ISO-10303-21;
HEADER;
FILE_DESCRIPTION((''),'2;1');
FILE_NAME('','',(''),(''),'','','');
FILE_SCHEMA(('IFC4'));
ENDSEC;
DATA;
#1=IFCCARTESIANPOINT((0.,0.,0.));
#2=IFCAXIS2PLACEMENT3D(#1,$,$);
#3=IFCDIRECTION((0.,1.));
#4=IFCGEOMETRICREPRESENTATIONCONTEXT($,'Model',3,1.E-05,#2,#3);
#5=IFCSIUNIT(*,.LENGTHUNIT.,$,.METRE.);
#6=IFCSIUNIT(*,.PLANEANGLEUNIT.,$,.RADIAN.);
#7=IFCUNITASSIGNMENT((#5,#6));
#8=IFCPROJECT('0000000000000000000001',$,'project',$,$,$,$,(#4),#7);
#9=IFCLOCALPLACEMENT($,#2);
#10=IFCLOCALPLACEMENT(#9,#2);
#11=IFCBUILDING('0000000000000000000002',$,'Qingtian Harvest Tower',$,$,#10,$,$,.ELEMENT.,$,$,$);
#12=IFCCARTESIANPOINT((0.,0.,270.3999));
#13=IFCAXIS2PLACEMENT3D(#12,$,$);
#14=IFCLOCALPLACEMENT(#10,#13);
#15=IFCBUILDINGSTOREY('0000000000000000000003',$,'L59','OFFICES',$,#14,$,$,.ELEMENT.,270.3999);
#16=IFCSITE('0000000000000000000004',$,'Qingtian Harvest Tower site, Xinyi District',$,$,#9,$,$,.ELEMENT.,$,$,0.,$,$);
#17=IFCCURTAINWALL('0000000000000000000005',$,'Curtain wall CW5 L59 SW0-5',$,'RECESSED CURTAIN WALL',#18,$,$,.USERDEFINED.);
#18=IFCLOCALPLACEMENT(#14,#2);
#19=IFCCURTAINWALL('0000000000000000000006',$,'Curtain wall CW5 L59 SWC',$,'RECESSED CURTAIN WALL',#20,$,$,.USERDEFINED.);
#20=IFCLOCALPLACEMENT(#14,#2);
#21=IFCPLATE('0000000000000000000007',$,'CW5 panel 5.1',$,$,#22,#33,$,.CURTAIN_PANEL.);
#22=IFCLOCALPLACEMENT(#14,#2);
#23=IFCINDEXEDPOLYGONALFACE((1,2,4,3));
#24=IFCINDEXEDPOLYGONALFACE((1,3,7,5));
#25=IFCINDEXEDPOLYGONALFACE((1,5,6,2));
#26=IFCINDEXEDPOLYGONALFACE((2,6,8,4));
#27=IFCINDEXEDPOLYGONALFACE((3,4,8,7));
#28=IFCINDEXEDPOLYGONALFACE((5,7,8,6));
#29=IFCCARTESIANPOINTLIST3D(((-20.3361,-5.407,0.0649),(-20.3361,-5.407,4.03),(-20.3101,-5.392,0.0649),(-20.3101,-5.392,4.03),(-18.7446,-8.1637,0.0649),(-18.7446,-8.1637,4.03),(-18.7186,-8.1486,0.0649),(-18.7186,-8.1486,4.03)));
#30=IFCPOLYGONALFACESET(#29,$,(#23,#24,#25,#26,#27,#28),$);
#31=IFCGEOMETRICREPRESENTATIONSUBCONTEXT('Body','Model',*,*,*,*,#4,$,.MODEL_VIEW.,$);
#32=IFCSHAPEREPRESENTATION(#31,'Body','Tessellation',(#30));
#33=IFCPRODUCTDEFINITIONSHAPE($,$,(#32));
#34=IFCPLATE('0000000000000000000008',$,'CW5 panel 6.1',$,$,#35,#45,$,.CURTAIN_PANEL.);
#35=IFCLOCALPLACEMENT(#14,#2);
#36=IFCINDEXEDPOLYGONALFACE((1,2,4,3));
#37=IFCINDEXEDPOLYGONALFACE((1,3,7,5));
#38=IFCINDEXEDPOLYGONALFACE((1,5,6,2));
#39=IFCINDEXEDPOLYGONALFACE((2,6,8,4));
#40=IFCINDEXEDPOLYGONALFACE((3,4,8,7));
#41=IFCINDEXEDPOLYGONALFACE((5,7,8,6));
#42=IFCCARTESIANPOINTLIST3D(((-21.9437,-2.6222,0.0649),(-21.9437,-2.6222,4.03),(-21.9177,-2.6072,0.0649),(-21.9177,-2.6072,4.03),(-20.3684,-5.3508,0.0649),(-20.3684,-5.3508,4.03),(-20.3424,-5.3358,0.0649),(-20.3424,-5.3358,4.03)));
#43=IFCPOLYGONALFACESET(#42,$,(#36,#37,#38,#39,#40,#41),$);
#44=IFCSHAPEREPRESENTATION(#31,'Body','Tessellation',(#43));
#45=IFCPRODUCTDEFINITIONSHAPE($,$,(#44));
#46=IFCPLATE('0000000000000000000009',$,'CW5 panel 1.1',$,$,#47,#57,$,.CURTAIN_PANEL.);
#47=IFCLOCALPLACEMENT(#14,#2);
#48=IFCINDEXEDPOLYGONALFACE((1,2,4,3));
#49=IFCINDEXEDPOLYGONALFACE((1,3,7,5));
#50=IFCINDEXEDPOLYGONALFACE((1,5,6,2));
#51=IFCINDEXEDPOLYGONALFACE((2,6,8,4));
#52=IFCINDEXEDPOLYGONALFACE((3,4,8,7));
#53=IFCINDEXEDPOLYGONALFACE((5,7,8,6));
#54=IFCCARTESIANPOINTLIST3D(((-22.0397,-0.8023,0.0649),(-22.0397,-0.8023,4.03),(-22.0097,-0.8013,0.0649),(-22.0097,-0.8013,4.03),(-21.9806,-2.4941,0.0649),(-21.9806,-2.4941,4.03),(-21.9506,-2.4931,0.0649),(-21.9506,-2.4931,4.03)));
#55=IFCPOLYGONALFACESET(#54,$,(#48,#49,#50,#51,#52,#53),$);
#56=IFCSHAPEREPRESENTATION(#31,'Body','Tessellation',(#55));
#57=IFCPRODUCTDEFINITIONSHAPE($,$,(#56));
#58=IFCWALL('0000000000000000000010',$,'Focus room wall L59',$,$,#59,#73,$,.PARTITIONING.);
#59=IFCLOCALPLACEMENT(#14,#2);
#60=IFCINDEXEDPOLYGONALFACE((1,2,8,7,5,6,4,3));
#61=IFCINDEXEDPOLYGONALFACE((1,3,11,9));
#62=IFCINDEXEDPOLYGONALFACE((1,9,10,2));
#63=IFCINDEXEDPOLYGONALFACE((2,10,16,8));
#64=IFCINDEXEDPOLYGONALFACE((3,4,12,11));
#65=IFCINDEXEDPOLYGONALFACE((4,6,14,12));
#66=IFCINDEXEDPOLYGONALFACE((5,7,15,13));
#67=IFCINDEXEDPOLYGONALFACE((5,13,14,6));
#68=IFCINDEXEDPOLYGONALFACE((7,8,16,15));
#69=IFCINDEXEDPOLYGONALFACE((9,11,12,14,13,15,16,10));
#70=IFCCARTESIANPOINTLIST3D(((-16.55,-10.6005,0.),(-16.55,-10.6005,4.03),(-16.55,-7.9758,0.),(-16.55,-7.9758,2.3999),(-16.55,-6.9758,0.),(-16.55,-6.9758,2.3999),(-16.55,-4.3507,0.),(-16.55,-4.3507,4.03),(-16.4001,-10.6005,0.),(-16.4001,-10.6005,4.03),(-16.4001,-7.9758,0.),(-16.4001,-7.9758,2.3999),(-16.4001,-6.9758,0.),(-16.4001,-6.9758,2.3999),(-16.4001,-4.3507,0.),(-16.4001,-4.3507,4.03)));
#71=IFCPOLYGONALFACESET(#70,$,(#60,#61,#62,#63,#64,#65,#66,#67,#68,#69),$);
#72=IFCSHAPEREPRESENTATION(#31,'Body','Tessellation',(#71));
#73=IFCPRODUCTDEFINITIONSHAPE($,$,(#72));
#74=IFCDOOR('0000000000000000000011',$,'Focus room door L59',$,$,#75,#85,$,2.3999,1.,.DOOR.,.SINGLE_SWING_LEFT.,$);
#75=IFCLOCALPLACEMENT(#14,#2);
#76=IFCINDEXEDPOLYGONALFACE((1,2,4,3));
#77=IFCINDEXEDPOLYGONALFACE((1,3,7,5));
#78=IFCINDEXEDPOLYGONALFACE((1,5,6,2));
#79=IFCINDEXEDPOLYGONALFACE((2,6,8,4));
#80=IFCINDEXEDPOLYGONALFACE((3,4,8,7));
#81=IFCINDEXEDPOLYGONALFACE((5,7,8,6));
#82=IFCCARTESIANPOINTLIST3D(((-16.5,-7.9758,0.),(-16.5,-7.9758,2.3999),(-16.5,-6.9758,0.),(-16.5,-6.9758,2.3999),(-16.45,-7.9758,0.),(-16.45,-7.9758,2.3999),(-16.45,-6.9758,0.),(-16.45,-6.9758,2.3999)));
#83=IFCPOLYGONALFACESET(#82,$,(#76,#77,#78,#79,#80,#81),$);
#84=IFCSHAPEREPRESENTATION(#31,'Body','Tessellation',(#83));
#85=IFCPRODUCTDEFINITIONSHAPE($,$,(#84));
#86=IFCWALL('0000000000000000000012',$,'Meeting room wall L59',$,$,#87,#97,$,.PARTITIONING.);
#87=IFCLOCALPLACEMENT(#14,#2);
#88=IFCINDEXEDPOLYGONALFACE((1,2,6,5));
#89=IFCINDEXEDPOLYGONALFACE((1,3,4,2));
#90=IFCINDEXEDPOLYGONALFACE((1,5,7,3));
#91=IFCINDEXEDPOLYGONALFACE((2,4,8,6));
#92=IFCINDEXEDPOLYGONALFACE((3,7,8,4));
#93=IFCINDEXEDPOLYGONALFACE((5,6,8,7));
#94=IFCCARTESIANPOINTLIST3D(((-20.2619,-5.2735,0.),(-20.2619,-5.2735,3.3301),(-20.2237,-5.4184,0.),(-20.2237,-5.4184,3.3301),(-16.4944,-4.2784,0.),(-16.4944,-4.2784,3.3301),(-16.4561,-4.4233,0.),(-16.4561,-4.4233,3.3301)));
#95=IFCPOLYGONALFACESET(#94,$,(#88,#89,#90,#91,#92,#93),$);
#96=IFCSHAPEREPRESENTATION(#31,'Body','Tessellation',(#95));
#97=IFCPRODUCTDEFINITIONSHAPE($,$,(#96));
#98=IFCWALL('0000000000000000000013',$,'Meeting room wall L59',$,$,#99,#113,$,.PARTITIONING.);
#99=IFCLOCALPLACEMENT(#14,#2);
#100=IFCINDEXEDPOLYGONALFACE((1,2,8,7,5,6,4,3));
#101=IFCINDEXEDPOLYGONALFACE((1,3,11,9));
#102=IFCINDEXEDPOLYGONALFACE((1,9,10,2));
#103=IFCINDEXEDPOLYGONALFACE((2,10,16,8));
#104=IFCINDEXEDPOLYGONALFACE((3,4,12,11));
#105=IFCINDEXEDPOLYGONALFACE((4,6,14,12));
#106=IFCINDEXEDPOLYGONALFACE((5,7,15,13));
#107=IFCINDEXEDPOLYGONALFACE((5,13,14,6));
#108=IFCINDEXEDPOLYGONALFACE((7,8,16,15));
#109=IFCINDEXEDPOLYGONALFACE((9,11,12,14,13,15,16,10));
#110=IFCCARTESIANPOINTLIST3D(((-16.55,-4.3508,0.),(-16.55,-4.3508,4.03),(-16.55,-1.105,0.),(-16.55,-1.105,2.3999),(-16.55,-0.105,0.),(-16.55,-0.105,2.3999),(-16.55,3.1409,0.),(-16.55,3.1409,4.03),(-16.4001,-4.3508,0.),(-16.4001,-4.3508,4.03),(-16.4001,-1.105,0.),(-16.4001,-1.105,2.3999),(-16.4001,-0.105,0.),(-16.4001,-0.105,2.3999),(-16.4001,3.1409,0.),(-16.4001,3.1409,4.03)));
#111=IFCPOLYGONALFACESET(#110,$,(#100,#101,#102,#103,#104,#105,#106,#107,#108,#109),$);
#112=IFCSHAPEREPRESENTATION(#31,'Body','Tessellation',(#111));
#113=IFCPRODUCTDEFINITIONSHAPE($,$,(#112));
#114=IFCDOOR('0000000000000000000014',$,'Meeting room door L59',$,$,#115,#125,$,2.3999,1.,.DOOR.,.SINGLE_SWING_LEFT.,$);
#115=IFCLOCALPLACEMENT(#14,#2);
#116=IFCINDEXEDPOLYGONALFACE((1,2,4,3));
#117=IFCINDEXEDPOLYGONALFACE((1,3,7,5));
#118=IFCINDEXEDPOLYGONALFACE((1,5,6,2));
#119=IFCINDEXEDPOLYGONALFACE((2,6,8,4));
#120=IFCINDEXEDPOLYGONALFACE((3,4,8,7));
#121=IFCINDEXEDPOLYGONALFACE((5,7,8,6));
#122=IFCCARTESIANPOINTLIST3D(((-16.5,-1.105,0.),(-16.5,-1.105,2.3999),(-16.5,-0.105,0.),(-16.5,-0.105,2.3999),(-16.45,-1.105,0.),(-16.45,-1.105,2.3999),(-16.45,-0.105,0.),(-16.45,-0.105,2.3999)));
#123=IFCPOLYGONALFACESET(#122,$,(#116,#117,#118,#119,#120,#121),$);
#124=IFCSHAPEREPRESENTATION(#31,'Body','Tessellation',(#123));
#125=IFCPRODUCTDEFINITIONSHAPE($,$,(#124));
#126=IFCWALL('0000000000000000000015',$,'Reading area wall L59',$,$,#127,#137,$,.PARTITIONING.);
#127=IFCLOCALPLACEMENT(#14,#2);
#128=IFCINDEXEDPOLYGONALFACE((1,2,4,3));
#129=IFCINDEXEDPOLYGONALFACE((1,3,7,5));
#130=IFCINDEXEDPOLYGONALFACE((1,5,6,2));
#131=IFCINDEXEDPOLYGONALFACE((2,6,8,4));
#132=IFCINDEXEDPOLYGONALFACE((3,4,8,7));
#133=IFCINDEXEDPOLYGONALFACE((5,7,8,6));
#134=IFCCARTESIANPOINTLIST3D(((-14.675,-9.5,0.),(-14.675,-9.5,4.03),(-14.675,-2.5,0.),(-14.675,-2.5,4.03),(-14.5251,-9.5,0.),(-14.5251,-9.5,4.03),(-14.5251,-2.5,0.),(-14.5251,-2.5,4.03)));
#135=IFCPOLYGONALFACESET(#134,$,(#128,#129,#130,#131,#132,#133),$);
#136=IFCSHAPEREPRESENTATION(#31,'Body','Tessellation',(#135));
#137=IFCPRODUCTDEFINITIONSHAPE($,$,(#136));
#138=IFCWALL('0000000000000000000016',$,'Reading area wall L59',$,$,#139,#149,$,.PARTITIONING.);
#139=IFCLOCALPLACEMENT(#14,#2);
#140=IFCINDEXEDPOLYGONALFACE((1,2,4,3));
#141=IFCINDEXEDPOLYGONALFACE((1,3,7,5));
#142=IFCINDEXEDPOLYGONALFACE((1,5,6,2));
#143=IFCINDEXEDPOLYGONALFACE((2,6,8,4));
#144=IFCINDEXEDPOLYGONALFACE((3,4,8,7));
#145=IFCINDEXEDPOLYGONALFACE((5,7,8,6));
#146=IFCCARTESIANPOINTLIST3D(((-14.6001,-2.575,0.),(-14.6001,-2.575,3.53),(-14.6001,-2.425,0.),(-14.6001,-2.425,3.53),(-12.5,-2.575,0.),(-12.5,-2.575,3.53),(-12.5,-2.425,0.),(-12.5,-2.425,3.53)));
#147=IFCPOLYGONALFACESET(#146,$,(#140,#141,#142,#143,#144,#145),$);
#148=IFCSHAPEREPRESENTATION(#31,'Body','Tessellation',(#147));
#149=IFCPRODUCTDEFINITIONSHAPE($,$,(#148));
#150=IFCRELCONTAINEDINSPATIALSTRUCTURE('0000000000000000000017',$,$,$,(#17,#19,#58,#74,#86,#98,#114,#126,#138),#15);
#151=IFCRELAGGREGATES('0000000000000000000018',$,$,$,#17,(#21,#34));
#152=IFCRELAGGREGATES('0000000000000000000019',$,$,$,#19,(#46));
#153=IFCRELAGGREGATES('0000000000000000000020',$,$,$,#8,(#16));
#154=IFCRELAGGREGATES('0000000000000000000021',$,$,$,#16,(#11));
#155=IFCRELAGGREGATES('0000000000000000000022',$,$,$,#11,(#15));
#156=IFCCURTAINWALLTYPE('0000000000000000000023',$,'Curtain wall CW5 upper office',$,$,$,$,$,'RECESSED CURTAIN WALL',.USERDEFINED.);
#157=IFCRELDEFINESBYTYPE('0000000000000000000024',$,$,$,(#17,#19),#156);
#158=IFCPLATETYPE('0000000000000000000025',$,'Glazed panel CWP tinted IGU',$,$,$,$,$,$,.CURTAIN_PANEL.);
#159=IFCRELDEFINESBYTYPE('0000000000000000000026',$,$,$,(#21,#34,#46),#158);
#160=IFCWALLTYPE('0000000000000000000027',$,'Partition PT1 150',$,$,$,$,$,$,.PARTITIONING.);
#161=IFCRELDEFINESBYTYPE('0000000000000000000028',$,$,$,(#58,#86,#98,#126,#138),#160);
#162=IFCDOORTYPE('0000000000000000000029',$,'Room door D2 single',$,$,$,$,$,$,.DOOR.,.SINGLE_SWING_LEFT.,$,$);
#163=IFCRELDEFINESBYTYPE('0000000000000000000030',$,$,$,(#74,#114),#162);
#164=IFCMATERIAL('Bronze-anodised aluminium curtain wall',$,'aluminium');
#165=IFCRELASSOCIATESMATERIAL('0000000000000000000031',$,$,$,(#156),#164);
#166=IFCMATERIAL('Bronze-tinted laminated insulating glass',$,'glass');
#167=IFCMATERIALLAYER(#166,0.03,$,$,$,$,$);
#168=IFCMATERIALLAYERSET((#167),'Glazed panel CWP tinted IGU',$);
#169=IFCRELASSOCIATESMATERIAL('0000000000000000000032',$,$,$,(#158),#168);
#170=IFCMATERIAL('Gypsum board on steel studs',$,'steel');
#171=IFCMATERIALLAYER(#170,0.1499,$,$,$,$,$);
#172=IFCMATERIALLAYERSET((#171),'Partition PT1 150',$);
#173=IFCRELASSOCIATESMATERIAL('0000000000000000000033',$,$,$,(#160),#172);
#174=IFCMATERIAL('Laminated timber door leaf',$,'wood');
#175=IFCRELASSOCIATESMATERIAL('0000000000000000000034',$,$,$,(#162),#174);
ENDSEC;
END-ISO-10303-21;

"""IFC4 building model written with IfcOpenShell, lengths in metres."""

from ifc_helpers import new_model, si_unit, direction, frame, frame_2d, origin, origin_2d, place, context, subcontext, project, spatial, rectangle, extrude, material, layer, layer_set, type_object, element, fill, aggregate, save


model = new_model("IFC4")

# Units and contexts
model_context = context("Model", 3, precision=1e-05, world=origin(), true_north=direction((0.0, 1.0)))
body_context = subcontext(model_context, "Body", "Model", "MODEL_VIEW")
ifc_project = project(units=[si_unit("LENGTHUNIT", "METRE"), si_unit("PLANEANGLEUNIT", "RADIAN")], contexts=[model_context])

# Site, building, storey
site_placement = place(None, origin())
site = spatial("IfcSite", under=ifc_project, at=site_placement, Name="Qingtian Harvest Tower site, Xinyi District", CompositionType="ELEMENT", RefElevation=0.0)
building_placement = place(site_placement, origin())
building = spatial("IfcBuilding", under=site, at=building_placement, Name="Qingtian Harvest Tower", CompositionType="ELEMENT")
storey_placement = place(building_placement, frame((0.0, 0.0, 270.3999)))
storey = spatial("IfcBuildingStorey", under=building, at=storey_placement, Name="L59", Description="OFFICES", CompositionType="ELEMENT", Elevation=270.3999)

# Curtain walls
ifc_material_1 = material(Name="Bronze-anodised aluminium curtain wall", Category="aluminium")
curtain_wall_type = type_object("IfcCurtainWallType", Name="Curtain wall CW5 upper office", ElementType="RECESSED CURTAIN WALL", PredefinedType="USERDEFINED", material=ifc_material_1)
curtain_wall_1_placement = place(storey_placement, origin())
curtain_wall_1 = element("IfcCurtainWall", 1, at=curtain_wall_1_placement, inside=storey, type_object=curtain_wall_type, Name="Curtain wall CW5 L59 SW0-5", ObjectType="RECESSED CURTAIN WALL", PredefinedType="USERDEFINED")
curtain_wall_2_placement = place(storey_placement, origin())
curtain_wall_2 = element("IfcCurtainWall", 2, at=curtain_wall_2_placement, inside=storey, type_object=curtain_wall_type, Name="Curtain wall CW5 L59 SWC", ObjectType="RECESSED CURTAIN WALL", PredefinedType="USERDEFINED")

# Plates
ifc_material_2 = material(Name="Bronze-tinted laminated insulating glass", Category="glass")
ifc_layer_1 = layer(ifc_material_2, 0.03)
ifc_layer_set_1 = layer_set([ifc_layer_1], Name="Glazed panel CWP tinted IGU")
plate_type = type_object("IfcPlateType", Name="Glazed panel CWP tinted IGU", PredefinedType="CURTAIN_PANEL", material=ifc_layer_set_1)
plate_1_placement = place(storey_placement, frame((-19.5273, -6.7778, 0.0649), z_axis=(0.0, 0.0, 1.0), x_axis=(-0.5, 0.866025, 0.0)))
plate_1 = element("IfcPlate", 3, at=plate_1_placement, type_object=plate_type, Name="CW5 panel 5.1", PredefinedType="CURTAIN_PANEL", context=body_context, shape_type="SweptSolid", body=[
    extrude(rectangle(XDim=3.1831, YDim=0.03, at=origin_2d()), origin(), (0.0, 0.0, 1.0), 3.9651),
])
plate_2_placement = place(storey_placement, frame((-21.1431, -3.979, 0.0649), z_axis=(0.0, 0.0, 1.0), x_axis=(-0.5, 0.866025, 0.0)))
plate_2 = element("IfcPlate", 4, at=plate_2_placement, type_object=plate_type, Name="CW5 panel 6.1", PredefinedType="CURTAIN_PANEL", context=body_context, shape_type="SweptSolid", body=[
    extrude(rectangle(XDim=3.1506, YDim=0.03, at=origin_2d()), origin(), (0.0, 0.0, 1.0), 3.9651),
])
aggregate(curtain_wall_1, [plate_1, plate_2])
plate_3_placement = place(storey_placement, frame((-21.9951, -1.6477, 0.0649), z_axis=(0.0, 0.0, 1.0), x_axis=(-0.034899, 0.999391, 0.0)))
plate_3 = element("IfcPlate", 5, at=plate_3_placement, type_object=plate_type, Name="CW5 panel 1.1", PredefinedType="CURTAIN_PANEL", context=body_context, shape_type="SweptSolid", body=[
    extrude(rectangle(XDim=1.6929, YDim=0.03, at=origin_2d()), origin(), (0.0, 0.0, 1.0), 3.9651),
])
aggregate(curtain_wall_2, [plate_3])

# Wall, opening, door
ifc_material_3 = material(Name="Gypsum board on steel studs", Category="steel")
ifc_layer_2 = layer(ifc_material_3, 0.1499)
ifc_layer_set_2 = layer_set([ifc_layer_2], Name="Partition PT1 150")
wall_type = type_object("IfcWallType", Name="Partition PT1 150", PredefinedType="PARTITIONING", material=ifc_layer_set_2)
wall_1_placement = place(storey_placement, frame((-16.4751, -10.6006, 0.0), z_axis=(0.0, 0.0, 1.0), x_axis=(0.0, 1.0, 0.0)))
wall_1 = element("IfcWall", 6, at=wall_1_placement, inside=storey, type_object=wall_type, Name="Focus room wall L59", PredefinedType="PARTITIONING", context=body_context, shape_type="SweptSolid", body=[
    extrude(rectangle(XDim=6.2498, YDim=0.1499, at=frame_2d((3.125, 0.0))), origin(), (0.0, 0.0, 1.0), 4.03),
])
opening_1_placement = place(wall_1_placement, frame((2.6248, 0.0, 0.0)))
opening_1 = element("IfcOpeningElement", 7, at=opening_1_placement, cuts=wall_1, PredefinedType="OPENING", context=body_context, shape_type="SweptSolid", body=[
    extrude(rectangle(XDim=1.0, YDim=2.3999, at=frame_2d((0.5, 1.2))), frame((0.0, 0.085, 0.0), z_axis=(0.0, -1.0, 0.0), x_axis=(1.0, 0.0, 0.0)), (0.0, 0.0, 1.0), 0.1699),
])
ifc_material_4 = material(Name="Laminated timber door leaf", Category="wood")
door_type = type_object("IfcDoorType", Name="Room door D2 single", OperationType="SINGLE_SWING_LEFT", PredefinedType="DOOR", material=ifc_material_4)
door_1_placement = place(opening_1_placement, origin())
door_1 = element("IfcDoor", 8, at=door_1_placement, inside=storey, type_object=door_type, Name="Focus room door L59", OperationType="SINGLE_SWING_LEFT", OverallHeight=2.3999, OverallWidth=1.0, PredefinedType="DOOR", context=body_context, shape_type="SweptSolid", body=[
    extrude(rectangle(XDim=1.0, YDim=2.3999, at=frame_2d((0.5, 1.2))), frame((0.0, 0.0249, 0.0), z_axis=(0.0, -1.0, 0.0), x_axis=(1.0, 0.0, 0.0)), (0.0, 0.0, 1.0), 0.05),
])
fill(opening_1, door_1)

# Wall
wall_2_placement = place(storey_placement, frame((-20.2427, -5.3459, 0.0), z_axis=(0.0, 0.0, 1.0), x_axis=(0.966844, 0.255369, 0.0)))
element("IfcWall", 9, at=wall_2_placement, inside=storey, type_object=wall_type, Name="Meeting room wall L59", PredefinedType="PARTITIONING", context=body_context, shape_type="SweptSolid", body=[
    extrude(rectangle(XDim=3.8967, YDim=0.1499, at=frame_2d((1.9482, 0.0))), origin(), (0.0, 0.0, 1.0), 3.3301),
])

# Wall, opening, door
wall_3_placement = place(storey_placement, frame((-16.4751, -4.3508, 0.0), z_axis=(0.0, 0.0, 1.0), x_axis=(0.0, 1.0, 0.0)))
wall_3 = element("IfcWall", 10, at=wall_3_placement, inside=storey, type_object=wall_type, Name="Meeting room wall L59", PredefinedType="PARTITIONING", context=body_context, shape_type="SweptSolid", body=[
    extrude(rectangle(XDim=7.4917, YDim=0.1499, at=frame_2d((3.7458, 0.0))), origin(), (0.0, 0.0, 1.0), 4.03),
])
opening_2_placement = place(wall_3_placement, frame((3.2458, 0.0, 0.0)))
opening_2 = element("IfcOpeningElement", 11, at=opening_2_placement, cuts=wall_3, PredefinedType="OPENING", context=body_context, shape_type="SweptSolid", body=[
    extrude(rectangle(XDim=1.0, YDim=2.3999, at=frame_2d((0.5, 1.2))), frame((0.0, 0.085, 0.0), z_axis=(0.0, -1.0, 0.0), x_axis=(1.0, 0.0, 0.0)), (0.0, 0.0, 1.0), 0.1699),
])
door_2_placement = place(opening_2_placement, origin())
door_2 = element("IfcDoor", 12, at=door_2_placement, inside=storey, type_object=door_type, Name="Meeting room door L59", OperationType="SINGLE_SWING_LEFT", OverallHeight=2.3999, OverallWidth=1.0, PredefinedType="DOOR", context=body_context, shape_type="SweptSolid", body=[
    extrude(rectangle(XDim=1.0, YDim=2.3999, at=frame_2d((0.5, 1.2))), frame((0.0, 0.0249, 0.0), z_axis=(0.0, -1.0, 0.0), x_axis=(1.0, 0.0, 0.0)), (0.0, 0.0, 1.0), 0.05),
])
fill(opening_2, door_2)

# Walls
wall_4_placement = place(storey_placement, frame((-14.6001, -9.5, 0.0), z_axis=(0.0, 0.0, 1.0), x_axis=(0.0, 1.0, 0.0)))
element("IfcWall", 13, at=wall_4_placement, inside=storey, type_object=wall_type, Name="Reading area wall L59", PredefinedType="PARTITIONING", context=body_context, shape_type="SweptSolid", body=[
    extrude(rectangle(XDim=7.0, YDim=0.1499, at=frame_2d((3.5, 0.0))), origin(), (0.0, 0.0, 1.0), 4.03),
])
wall_5_placement = place(storey_placement, frame((-12.5, -2.5, 0.0), z_axis=(0.0, 0.0, 1.0), x_axis=(-1.0, 0.0, 0.0)))
element("IfcWall", 14, at=wall_5_placement, inside=storey, type_object=wall_type, Name="Reading area wall L59", PredefinedType="PARTITIONING", context=body_context, shape_type="SweptSolid", body=[
    extrude(rectangle(XDim=2.1001, YDim=0.1499, at=frame_2d((1.05, 0.0))), origin(), (0.0, 0.0, 1.0), 3.53),
])

save(model, "model.ifc")
